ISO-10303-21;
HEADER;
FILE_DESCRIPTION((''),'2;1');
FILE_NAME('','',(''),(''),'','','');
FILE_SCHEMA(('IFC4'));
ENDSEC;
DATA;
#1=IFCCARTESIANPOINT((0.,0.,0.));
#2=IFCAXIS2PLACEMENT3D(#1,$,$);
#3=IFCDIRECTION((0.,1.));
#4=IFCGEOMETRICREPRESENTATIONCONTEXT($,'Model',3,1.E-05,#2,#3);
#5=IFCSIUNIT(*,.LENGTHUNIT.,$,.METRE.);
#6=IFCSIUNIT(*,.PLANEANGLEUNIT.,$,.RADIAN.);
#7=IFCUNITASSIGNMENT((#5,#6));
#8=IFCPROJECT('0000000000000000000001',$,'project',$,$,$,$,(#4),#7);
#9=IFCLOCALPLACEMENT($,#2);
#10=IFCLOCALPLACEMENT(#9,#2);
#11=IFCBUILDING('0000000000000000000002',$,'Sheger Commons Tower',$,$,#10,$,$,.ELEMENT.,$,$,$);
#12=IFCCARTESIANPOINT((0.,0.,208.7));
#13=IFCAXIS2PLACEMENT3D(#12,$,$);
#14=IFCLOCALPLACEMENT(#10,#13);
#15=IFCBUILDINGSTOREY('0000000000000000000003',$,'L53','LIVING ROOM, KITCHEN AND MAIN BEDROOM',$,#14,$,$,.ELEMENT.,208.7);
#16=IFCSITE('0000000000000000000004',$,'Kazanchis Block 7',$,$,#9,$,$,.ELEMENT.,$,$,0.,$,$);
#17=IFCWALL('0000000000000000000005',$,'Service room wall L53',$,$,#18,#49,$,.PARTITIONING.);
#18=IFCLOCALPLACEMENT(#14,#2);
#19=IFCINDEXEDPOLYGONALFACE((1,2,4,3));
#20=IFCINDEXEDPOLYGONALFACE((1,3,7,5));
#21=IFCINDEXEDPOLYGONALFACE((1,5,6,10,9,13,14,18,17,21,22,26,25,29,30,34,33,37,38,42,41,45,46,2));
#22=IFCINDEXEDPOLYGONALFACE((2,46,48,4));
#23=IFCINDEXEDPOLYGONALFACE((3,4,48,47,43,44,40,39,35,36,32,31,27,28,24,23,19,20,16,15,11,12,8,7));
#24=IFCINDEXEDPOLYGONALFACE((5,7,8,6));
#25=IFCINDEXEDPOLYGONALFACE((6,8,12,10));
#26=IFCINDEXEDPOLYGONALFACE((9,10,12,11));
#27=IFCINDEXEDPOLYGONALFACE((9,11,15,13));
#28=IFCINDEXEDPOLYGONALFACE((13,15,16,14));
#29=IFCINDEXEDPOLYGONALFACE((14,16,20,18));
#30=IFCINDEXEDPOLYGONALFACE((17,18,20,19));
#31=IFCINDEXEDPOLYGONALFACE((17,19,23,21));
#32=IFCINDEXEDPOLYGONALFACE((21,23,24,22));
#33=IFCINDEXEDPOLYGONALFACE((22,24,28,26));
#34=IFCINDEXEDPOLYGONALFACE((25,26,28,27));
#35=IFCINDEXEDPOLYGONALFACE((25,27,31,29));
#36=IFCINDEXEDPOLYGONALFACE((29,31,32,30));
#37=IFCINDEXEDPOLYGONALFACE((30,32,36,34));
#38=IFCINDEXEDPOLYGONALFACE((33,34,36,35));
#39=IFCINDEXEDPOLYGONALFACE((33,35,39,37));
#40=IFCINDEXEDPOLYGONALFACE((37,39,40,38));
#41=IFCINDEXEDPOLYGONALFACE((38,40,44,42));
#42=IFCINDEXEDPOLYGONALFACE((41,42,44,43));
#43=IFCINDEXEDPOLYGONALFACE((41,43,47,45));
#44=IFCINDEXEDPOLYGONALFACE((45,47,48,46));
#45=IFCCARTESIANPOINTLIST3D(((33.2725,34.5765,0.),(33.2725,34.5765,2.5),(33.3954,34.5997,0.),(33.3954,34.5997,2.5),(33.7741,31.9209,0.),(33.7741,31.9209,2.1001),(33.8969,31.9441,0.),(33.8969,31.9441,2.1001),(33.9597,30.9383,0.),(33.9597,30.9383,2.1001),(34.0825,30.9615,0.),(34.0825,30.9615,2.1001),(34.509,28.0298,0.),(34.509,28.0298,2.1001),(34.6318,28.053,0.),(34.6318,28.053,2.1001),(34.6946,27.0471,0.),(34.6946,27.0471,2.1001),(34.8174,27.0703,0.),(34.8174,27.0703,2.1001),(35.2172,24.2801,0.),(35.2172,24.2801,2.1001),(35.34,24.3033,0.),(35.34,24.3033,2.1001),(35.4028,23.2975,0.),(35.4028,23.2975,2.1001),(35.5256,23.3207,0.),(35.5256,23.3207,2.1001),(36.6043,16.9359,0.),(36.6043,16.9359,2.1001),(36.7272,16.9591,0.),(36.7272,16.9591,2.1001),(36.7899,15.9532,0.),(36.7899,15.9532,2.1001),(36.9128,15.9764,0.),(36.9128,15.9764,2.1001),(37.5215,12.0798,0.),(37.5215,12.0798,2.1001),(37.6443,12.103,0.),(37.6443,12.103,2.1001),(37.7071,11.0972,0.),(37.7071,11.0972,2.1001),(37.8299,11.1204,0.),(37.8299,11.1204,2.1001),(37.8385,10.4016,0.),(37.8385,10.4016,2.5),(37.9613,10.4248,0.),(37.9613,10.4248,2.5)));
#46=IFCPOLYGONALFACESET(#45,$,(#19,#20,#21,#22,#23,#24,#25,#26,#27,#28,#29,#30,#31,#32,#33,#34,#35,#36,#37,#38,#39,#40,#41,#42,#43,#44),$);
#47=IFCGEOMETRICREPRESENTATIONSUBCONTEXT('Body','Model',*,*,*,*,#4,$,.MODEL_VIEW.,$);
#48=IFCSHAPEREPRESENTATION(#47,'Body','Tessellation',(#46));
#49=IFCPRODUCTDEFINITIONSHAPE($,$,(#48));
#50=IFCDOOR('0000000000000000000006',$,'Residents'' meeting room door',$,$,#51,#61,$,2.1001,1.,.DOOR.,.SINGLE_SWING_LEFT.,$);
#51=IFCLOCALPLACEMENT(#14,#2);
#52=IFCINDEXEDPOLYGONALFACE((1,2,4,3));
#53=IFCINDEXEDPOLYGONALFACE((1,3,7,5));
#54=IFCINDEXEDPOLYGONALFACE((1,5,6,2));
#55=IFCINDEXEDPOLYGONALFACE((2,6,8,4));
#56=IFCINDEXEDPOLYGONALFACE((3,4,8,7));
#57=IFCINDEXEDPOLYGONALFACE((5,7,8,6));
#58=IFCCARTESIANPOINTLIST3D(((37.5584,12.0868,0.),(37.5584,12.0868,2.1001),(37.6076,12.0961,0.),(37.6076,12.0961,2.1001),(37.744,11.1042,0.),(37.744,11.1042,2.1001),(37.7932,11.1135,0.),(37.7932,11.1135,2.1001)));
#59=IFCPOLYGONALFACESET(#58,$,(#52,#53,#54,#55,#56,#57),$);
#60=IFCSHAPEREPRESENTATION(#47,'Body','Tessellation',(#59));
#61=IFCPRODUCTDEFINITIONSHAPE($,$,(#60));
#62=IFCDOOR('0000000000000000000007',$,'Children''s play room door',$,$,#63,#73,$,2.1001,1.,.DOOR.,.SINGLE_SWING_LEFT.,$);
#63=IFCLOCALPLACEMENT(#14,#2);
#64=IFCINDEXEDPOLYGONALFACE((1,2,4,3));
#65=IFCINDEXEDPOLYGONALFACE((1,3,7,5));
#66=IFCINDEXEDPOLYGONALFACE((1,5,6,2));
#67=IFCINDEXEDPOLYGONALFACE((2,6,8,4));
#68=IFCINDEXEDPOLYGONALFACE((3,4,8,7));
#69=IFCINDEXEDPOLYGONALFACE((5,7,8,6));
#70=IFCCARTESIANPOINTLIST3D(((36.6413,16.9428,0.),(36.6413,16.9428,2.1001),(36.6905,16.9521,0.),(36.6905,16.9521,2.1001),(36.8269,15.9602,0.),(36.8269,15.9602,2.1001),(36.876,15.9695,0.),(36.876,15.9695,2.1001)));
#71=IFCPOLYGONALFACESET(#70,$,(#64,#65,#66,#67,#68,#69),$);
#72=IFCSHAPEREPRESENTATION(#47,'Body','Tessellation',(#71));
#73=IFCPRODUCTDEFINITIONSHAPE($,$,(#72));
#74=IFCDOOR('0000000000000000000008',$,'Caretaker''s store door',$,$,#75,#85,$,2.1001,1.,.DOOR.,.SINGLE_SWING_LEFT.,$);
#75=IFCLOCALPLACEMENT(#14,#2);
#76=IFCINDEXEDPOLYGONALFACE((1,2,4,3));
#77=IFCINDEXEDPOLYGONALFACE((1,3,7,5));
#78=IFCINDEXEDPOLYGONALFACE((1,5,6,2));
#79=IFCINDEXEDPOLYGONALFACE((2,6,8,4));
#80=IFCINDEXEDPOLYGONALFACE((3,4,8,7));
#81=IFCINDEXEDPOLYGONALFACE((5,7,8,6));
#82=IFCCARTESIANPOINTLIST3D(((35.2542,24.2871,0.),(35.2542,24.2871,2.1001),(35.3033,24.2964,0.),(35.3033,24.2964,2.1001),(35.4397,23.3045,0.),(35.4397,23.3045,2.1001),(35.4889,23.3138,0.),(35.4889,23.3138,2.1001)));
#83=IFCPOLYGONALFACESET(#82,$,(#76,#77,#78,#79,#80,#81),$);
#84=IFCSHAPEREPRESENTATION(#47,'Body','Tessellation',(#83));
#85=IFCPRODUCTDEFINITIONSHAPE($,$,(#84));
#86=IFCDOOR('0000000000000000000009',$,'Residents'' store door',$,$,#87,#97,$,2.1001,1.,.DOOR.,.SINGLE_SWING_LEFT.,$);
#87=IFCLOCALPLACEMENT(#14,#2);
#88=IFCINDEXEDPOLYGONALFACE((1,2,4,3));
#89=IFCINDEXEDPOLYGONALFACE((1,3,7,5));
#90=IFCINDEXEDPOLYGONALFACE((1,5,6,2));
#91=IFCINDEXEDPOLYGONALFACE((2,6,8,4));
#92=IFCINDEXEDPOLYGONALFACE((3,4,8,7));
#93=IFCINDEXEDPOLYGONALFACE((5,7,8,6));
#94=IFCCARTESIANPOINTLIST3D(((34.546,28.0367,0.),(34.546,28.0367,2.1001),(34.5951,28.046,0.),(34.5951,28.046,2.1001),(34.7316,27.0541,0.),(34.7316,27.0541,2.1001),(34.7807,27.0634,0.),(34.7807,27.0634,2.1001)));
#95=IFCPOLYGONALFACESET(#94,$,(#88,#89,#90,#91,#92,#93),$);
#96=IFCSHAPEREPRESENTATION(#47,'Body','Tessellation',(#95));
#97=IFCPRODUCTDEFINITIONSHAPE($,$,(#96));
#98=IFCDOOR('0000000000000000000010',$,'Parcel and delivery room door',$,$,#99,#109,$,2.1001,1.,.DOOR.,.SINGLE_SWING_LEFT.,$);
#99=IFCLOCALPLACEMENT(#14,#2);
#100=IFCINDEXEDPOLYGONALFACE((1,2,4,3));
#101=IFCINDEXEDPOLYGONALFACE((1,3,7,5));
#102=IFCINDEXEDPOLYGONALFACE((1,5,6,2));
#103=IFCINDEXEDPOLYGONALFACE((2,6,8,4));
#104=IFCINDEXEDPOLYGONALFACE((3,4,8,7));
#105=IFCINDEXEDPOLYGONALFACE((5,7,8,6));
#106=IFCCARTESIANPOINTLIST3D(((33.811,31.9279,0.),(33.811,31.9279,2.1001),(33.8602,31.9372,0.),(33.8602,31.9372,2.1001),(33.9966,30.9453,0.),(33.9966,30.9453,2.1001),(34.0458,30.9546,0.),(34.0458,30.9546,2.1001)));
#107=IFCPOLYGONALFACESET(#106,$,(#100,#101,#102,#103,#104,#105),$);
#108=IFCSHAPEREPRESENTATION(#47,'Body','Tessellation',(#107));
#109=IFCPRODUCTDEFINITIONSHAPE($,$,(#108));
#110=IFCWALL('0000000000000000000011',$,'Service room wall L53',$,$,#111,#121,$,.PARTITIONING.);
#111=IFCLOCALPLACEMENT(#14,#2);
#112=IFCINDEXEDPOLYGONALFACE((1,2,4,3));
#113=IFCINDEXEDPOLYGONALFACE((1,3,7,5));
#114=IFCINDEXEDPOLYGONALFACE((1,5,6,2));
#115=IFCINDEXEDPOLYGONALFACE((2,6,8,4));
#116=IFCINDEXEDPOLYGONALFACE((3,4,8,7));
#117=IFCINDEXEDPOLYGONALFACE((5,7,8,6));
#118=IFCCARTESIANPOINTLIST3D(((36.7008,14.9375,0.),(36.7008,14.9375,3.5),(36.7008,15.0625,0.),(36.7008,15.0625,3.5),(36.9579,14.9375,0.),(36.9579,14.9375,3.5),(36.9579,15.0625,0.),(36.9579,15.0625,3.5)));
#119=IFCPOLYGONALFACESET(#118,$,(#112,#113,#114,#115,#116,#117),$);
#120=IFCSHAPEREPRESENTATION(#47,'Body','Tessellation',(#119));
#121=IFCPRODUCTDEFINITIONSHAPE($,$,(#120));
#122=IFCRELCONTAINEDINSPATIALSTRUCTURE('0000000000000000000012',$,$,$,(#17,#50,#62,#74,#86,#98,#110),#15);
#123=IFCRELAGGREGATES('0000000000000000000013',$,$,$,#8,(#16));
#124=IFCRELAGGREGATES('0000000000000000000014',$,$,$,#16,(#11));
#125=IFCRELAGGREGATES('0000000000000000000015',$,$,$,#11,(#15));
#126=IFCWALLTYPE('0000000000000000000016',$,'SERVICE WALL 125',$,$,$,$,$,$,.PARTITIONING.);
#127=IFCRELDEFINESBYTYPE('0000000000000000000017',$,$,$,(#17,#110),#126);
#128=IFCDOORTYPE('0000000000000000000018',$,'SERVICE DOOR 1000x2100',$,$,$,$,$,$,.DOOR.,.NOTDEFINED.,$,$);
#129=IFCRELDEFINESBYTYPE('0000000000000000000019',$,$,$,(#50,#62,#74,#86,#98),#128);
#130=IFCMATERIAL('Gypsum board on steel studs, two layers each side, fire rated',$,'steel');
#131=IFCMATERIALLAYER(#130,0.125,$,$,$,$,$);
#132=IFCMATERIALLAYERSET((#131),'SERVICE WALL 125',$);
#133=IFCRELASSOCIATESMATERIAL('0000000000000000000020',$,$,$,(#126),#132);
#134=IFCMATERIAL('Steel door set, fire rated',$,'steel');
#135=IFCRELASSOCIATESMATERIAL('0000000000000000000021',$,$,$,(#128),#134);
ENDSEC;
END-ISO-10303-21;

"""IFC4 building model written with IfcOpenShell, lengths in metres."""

from ifc_helpers import new_model, si_unit, direction, frame, frame_2d, origin, place, context, subcontext, project, spatial, rectangle, extrude, material, layer, layer_set, type_object, element, fill, save


model = new_model("IFC4")

# Units and contexts
model_context = context("Model", 3, precision=1e-05, world=origin(), true_north=direction((0.0, 1.0)))
body_context = subcontext(model_context, "Body", "Model", "MODEL_VIEW")
ifc_project = project(units=[si_unit("LENGTHUNIT", "METRE"), si_unit("PLANEANGLEUNIT", "RADIAN")], contexts=[model_context])

# Site, building, storey
site_placement = place(None, origin())
site = spatial("IfcSite", under=ifc_project, at=site_placement, Name="Kazanchis Block 7", CompositionType="ELEMENT", RefElevation=0.0)
building_placement = place(site_placement, origin())
building = spatial("IfcBuilding", under=site, at=building_placement, Name="Sheger Commons Tower", CompositionType="ELEMENT")
storey_placement = place(building_placement, frame((0.0, 0.0, 208.7)))
storey = spatial("IfcBuildingStorey", under=building, at=storey_placement, Name="L53", Description="LIVING ROOM, KITCHEN AND MAIN BEDROOM", CompositionType="ELEMENT", Elevation=208.7)

# Wall, openings, doors
ifc_material_1 = material(Name="Gypsum board on steel studs, two layers each side, fire rated", Category="steel")
ifc_layer_1 = layer(ifc_material_1, 0.125)
ifc_layer_set_1 = layer_set([ifc_layer_1], Name="SERVICE WALL 125")
wall_type_1 = type_object("IfcWallType", Name="SERVICE WALL 125", PredefinedType="PARTITIONING", material=ifc_layer_set_1)
wall_1_placement = place(storey_placement, frame((37.8999, 10.4131, 0.0), z_axis=(0.0, 0.0, 1.0), x_axis=(-0.18559, 0.982627, 0.0)))
wall_1 = element("IfcWall", 1, at=wall_1_placement, inside=storey, type_object=wall_type_1, Name="Service room wall L53", PredefinedType="PARTITIONING", context=body_context, shape_type="SweptSolid", body=[
    extrude(rectangle(XDim=24.6023, YDim=0.125, at=frame_2d((12.3013, 0.0))), origin(), (0.0, 0.0, 1.0), 2.5),
])
opening_1_placement = place(wall_1_placement, frame((0.708, 0.0, 0.0)))
opening_1 = element("IfcOpeningElement", 2, at=opening_1_placement, cuts=wall_1, PredefinedType="OPENING", context=body_context, shape_type="SweptSolid", body=[
    extrude(rectangle(XDim=1.0, YDim=2.1001, at=frame_2d((0.5, 1.05))), frame((0.0, 0.0725, 0.0), z_axis=(0.0, -1.0, 0.0), x_axis=(1.0, 0.0, 0.0)), (0.0, 0.0, 1.0), 0.145),
])
opening_2_placement = place(wall_1_placement, frame((5.6499, 0.0, 0.0)))
opening_2 = element("IfcOpeningElement", 3, at=opening_2_placement, cuts=wall_1, PredefinedType="OPENING", context=body_context, shape_type="SweptSolid", body=[
    extrude(rectangle(XDim=1.0, YDim=2.1001, at=frame_2d((0.5, 1.05))), frame((0.0, 0.0725, 0.0), z_axis=(0.0, -1.0, 0.0), x_axis=(1.0, 0.0, 0.0)), (0.0, 0.0, 1.0), 0.145),
])
opening_3_placement = place(wall_1_placement, frame((13.124, 0.0, 0.0)))
opening_3 = element("IfcOpeningElement", 4, at=opening_3_placement, cuts=wall_1, PredefinedType="OPENING", context=body_context, shape_type="SweptSolid", body=[
    extrude(rectangle(XDim=1.0, YDim=2.1001, at=frame_2d((0.5, 1.05))), frame((0.0, 0.0725, 0.0), z_axis=(0.0, -1.0, 0.0), x_axis=(1.0, 0.0, 0.0)), (0.0, 0.0, 1.0), 0.145),
])
opening_4_placement = place(wall_1_placement, frame((16.9399, 0.0, 0.0)))
opening_4 = element("IfcOpeningElement", 5, at=opening_4_placement, cuts=wall_1, PredefinedType="OPENING", context=body_context, shape_type="SweptSolid", body=[
    extrude(rectangle(XDim=1.0, YDim=2.1001, at=frame_2d((0.5, 1.05))), frame((0.0, 0.0725, 0.0), z_axis=(0.0, -1.0, 0.0), x_axis=(1.0, 0.0, 0.0)), (0.0, 0.0, 1.0), 0.145),
])
opening_5_placement = place(wall_1_placement, frame((20.8999, 0.0, 0.0)))
opening_5 = element("IfcOpeningElement", 6, at=opening_5_placement, cuts=wall_1, PredefinedType="OPENING", context=body_context, shape_type="SweptSolid", body=[
    extrude(rectangle(XDim=1.0, YDim=2.1001, at=frame_2d((0.5, 1.05))), frame((0.0, 0.0725, 0.0), z_axis=(0.0, -1.0, 0.0), x_axis=(1.0, 0.0, 0.0)), (0.0, 0.0, 1.0), 0.145),
])
ifc_material_2 = material(Name="Steel door set, fire rated", Category="steel")
door_type_1 = type_object("IfcDoorType", Name="SERVICE DOOR 1000x2100", OperationType="NOTDEFINED", PredefinedType="DOOR", material=ifc_material_2)
door_1_placement = place(opening_1_placement, origin())
door_1 = element("IfcDoor", 7, at=door_1_placement, inside=storey, type_object=door_type_1, Name="Residents' meeting room door", OperationType="SINGLE_SWING_LEFT", OverallHeight=2.1001, OverallWidth=1.0, PredefinedType="DOOR", context=body_context, shape_type="SweptSolid", body=[
    extrude(rectangle(XDim=1.0, YDim=2.1001, at=frame_2d((0.5, 1.05))), frame((0.0, 0.0249, 0.0), z_axis=(0.0, -1.0, 0.0), x_axis=(1.0, 0.0, 0.0)), (0.0, 0.0, 1.0), 0.05),
])
fill(opening_1, door_1)
door_2_placement = place(opening_2_placement, origin())
door_2 = element("IfcDoor", 8, at=door_2_placement, inside=storey, type_object=door_type_1, Name="Children's play room door", OperationType="SINGLE_SWING_LEFT", OverallHeight=2.1001, OverallWidth=1.0, PredefinedType="DOOR", context=body_context, shape_type="SweptSolid", body=[
    extrude(rectangle(XDim=1.0, YDim=2.1001, at=frame_2d((0.5, 1.05))), frame((0.0, 0.0249, 0.0), z_axis=(0.0, -1.0, 0.0), x_axis=(1.0, 0.0, 0.0)), (0.0, 0.0, 1.0), 0.05),
])
fill(opening_2, door_2)
door_3_placement = place(opening_3_placement, origin())
door_3 = element("IfcDoor", 9, at=door_3_placement, inside=storey, type_object=door_type_1, Name="Caretaker's store door", OperationType="SINGLE_SWING_LEFT", OverallHeight=2.1001, OverallWidth=1.0, PredefinedType="DOOR", context=body_context, shape_type="SweptSolid", body=[
    extrude(rectangle(XDim=1.0, YDim=2.1001, at=frame_2d((0.5, 1.05))), frame((0.0, 0.0249, 0.0), z_axis=(0.0, -1.0, 0.0), x_axis=(1.0, 0.0, 0.0)), (0.0, 0.0, 1.0), 0.05),
])
fill(opening_3, door_3)
door_4_placement = place(opening_4_placement, origin())
door_4 = element("IfcDoor", 10, at=door_4_placement, inside=storey, type_object=door_type_1, Name="Residents' store door", OperationType="SINGLE_SWING_LEFT", OverallHeight=2.1001, OverallWidth=1.0, PredefinedType="DOOR", context=body_context, shape_type="SweptSolid", body=[
    extrude(rectangle(XDim=1.0, YDim=2.1001, at=frame_2d((0.5, 1.05))), frame((0.0, 0.0249, 0.0), z_axis=(0.0, -1.0, 0.0), x_axis=(1.0, 0.0, 0.0)), (0.0, 0.0, 1.0), 0.05),
])
fill(opening_4, door_4)
door_5_placement = place(opening_5_placement, origin())
door_5 = element("IfcDoor", 11, at=door_5_placement, inside=storey, type_object=door_type_1, Name="Parcel and delivery room door", OperationType="SINGLE_SWING_LEFT", OverallHeight=2.1001, OverallWidth=1.0, PredefinedType="DOOR", context=body_context, shape_type="SweptSolid", body=[
    extrude(rectangle(XDim=1.0, YDim=2.1001, at=frame_2d((0.5, 1.05))), frame((0.0, 0.0249, 0.0), z_axis=(0.0, -1.0, 0.0), x_axis=(1.0, 0.0, 0.0)), (0.0, 0.0, 1.0), 0.05),
])
fill(opening_5, door_5)

# Wall
wall_2_placement = place(storey_placement, frame((36.7009, 15.0, 0.0), z_axis=(0.0, 0.0, 1.0), x_axis=(1.0, 0.0, 0.0)))
element("IfcWall", 12, at=wall_2_placement, inside=storey, type_object=wall_type_1, Name="Service room wall L53", PredefinedType="PARTITIONING", context=body_context, shape_type="SweptSolid", body=[
    extrude(rectangle(XDim=0.2571, YDim=0.125, at=frame_2d((0.1284, 0.0))), origin(), (0.0, 0.0, 1.0), 3.5),
])

save(model, "model.ifc")
